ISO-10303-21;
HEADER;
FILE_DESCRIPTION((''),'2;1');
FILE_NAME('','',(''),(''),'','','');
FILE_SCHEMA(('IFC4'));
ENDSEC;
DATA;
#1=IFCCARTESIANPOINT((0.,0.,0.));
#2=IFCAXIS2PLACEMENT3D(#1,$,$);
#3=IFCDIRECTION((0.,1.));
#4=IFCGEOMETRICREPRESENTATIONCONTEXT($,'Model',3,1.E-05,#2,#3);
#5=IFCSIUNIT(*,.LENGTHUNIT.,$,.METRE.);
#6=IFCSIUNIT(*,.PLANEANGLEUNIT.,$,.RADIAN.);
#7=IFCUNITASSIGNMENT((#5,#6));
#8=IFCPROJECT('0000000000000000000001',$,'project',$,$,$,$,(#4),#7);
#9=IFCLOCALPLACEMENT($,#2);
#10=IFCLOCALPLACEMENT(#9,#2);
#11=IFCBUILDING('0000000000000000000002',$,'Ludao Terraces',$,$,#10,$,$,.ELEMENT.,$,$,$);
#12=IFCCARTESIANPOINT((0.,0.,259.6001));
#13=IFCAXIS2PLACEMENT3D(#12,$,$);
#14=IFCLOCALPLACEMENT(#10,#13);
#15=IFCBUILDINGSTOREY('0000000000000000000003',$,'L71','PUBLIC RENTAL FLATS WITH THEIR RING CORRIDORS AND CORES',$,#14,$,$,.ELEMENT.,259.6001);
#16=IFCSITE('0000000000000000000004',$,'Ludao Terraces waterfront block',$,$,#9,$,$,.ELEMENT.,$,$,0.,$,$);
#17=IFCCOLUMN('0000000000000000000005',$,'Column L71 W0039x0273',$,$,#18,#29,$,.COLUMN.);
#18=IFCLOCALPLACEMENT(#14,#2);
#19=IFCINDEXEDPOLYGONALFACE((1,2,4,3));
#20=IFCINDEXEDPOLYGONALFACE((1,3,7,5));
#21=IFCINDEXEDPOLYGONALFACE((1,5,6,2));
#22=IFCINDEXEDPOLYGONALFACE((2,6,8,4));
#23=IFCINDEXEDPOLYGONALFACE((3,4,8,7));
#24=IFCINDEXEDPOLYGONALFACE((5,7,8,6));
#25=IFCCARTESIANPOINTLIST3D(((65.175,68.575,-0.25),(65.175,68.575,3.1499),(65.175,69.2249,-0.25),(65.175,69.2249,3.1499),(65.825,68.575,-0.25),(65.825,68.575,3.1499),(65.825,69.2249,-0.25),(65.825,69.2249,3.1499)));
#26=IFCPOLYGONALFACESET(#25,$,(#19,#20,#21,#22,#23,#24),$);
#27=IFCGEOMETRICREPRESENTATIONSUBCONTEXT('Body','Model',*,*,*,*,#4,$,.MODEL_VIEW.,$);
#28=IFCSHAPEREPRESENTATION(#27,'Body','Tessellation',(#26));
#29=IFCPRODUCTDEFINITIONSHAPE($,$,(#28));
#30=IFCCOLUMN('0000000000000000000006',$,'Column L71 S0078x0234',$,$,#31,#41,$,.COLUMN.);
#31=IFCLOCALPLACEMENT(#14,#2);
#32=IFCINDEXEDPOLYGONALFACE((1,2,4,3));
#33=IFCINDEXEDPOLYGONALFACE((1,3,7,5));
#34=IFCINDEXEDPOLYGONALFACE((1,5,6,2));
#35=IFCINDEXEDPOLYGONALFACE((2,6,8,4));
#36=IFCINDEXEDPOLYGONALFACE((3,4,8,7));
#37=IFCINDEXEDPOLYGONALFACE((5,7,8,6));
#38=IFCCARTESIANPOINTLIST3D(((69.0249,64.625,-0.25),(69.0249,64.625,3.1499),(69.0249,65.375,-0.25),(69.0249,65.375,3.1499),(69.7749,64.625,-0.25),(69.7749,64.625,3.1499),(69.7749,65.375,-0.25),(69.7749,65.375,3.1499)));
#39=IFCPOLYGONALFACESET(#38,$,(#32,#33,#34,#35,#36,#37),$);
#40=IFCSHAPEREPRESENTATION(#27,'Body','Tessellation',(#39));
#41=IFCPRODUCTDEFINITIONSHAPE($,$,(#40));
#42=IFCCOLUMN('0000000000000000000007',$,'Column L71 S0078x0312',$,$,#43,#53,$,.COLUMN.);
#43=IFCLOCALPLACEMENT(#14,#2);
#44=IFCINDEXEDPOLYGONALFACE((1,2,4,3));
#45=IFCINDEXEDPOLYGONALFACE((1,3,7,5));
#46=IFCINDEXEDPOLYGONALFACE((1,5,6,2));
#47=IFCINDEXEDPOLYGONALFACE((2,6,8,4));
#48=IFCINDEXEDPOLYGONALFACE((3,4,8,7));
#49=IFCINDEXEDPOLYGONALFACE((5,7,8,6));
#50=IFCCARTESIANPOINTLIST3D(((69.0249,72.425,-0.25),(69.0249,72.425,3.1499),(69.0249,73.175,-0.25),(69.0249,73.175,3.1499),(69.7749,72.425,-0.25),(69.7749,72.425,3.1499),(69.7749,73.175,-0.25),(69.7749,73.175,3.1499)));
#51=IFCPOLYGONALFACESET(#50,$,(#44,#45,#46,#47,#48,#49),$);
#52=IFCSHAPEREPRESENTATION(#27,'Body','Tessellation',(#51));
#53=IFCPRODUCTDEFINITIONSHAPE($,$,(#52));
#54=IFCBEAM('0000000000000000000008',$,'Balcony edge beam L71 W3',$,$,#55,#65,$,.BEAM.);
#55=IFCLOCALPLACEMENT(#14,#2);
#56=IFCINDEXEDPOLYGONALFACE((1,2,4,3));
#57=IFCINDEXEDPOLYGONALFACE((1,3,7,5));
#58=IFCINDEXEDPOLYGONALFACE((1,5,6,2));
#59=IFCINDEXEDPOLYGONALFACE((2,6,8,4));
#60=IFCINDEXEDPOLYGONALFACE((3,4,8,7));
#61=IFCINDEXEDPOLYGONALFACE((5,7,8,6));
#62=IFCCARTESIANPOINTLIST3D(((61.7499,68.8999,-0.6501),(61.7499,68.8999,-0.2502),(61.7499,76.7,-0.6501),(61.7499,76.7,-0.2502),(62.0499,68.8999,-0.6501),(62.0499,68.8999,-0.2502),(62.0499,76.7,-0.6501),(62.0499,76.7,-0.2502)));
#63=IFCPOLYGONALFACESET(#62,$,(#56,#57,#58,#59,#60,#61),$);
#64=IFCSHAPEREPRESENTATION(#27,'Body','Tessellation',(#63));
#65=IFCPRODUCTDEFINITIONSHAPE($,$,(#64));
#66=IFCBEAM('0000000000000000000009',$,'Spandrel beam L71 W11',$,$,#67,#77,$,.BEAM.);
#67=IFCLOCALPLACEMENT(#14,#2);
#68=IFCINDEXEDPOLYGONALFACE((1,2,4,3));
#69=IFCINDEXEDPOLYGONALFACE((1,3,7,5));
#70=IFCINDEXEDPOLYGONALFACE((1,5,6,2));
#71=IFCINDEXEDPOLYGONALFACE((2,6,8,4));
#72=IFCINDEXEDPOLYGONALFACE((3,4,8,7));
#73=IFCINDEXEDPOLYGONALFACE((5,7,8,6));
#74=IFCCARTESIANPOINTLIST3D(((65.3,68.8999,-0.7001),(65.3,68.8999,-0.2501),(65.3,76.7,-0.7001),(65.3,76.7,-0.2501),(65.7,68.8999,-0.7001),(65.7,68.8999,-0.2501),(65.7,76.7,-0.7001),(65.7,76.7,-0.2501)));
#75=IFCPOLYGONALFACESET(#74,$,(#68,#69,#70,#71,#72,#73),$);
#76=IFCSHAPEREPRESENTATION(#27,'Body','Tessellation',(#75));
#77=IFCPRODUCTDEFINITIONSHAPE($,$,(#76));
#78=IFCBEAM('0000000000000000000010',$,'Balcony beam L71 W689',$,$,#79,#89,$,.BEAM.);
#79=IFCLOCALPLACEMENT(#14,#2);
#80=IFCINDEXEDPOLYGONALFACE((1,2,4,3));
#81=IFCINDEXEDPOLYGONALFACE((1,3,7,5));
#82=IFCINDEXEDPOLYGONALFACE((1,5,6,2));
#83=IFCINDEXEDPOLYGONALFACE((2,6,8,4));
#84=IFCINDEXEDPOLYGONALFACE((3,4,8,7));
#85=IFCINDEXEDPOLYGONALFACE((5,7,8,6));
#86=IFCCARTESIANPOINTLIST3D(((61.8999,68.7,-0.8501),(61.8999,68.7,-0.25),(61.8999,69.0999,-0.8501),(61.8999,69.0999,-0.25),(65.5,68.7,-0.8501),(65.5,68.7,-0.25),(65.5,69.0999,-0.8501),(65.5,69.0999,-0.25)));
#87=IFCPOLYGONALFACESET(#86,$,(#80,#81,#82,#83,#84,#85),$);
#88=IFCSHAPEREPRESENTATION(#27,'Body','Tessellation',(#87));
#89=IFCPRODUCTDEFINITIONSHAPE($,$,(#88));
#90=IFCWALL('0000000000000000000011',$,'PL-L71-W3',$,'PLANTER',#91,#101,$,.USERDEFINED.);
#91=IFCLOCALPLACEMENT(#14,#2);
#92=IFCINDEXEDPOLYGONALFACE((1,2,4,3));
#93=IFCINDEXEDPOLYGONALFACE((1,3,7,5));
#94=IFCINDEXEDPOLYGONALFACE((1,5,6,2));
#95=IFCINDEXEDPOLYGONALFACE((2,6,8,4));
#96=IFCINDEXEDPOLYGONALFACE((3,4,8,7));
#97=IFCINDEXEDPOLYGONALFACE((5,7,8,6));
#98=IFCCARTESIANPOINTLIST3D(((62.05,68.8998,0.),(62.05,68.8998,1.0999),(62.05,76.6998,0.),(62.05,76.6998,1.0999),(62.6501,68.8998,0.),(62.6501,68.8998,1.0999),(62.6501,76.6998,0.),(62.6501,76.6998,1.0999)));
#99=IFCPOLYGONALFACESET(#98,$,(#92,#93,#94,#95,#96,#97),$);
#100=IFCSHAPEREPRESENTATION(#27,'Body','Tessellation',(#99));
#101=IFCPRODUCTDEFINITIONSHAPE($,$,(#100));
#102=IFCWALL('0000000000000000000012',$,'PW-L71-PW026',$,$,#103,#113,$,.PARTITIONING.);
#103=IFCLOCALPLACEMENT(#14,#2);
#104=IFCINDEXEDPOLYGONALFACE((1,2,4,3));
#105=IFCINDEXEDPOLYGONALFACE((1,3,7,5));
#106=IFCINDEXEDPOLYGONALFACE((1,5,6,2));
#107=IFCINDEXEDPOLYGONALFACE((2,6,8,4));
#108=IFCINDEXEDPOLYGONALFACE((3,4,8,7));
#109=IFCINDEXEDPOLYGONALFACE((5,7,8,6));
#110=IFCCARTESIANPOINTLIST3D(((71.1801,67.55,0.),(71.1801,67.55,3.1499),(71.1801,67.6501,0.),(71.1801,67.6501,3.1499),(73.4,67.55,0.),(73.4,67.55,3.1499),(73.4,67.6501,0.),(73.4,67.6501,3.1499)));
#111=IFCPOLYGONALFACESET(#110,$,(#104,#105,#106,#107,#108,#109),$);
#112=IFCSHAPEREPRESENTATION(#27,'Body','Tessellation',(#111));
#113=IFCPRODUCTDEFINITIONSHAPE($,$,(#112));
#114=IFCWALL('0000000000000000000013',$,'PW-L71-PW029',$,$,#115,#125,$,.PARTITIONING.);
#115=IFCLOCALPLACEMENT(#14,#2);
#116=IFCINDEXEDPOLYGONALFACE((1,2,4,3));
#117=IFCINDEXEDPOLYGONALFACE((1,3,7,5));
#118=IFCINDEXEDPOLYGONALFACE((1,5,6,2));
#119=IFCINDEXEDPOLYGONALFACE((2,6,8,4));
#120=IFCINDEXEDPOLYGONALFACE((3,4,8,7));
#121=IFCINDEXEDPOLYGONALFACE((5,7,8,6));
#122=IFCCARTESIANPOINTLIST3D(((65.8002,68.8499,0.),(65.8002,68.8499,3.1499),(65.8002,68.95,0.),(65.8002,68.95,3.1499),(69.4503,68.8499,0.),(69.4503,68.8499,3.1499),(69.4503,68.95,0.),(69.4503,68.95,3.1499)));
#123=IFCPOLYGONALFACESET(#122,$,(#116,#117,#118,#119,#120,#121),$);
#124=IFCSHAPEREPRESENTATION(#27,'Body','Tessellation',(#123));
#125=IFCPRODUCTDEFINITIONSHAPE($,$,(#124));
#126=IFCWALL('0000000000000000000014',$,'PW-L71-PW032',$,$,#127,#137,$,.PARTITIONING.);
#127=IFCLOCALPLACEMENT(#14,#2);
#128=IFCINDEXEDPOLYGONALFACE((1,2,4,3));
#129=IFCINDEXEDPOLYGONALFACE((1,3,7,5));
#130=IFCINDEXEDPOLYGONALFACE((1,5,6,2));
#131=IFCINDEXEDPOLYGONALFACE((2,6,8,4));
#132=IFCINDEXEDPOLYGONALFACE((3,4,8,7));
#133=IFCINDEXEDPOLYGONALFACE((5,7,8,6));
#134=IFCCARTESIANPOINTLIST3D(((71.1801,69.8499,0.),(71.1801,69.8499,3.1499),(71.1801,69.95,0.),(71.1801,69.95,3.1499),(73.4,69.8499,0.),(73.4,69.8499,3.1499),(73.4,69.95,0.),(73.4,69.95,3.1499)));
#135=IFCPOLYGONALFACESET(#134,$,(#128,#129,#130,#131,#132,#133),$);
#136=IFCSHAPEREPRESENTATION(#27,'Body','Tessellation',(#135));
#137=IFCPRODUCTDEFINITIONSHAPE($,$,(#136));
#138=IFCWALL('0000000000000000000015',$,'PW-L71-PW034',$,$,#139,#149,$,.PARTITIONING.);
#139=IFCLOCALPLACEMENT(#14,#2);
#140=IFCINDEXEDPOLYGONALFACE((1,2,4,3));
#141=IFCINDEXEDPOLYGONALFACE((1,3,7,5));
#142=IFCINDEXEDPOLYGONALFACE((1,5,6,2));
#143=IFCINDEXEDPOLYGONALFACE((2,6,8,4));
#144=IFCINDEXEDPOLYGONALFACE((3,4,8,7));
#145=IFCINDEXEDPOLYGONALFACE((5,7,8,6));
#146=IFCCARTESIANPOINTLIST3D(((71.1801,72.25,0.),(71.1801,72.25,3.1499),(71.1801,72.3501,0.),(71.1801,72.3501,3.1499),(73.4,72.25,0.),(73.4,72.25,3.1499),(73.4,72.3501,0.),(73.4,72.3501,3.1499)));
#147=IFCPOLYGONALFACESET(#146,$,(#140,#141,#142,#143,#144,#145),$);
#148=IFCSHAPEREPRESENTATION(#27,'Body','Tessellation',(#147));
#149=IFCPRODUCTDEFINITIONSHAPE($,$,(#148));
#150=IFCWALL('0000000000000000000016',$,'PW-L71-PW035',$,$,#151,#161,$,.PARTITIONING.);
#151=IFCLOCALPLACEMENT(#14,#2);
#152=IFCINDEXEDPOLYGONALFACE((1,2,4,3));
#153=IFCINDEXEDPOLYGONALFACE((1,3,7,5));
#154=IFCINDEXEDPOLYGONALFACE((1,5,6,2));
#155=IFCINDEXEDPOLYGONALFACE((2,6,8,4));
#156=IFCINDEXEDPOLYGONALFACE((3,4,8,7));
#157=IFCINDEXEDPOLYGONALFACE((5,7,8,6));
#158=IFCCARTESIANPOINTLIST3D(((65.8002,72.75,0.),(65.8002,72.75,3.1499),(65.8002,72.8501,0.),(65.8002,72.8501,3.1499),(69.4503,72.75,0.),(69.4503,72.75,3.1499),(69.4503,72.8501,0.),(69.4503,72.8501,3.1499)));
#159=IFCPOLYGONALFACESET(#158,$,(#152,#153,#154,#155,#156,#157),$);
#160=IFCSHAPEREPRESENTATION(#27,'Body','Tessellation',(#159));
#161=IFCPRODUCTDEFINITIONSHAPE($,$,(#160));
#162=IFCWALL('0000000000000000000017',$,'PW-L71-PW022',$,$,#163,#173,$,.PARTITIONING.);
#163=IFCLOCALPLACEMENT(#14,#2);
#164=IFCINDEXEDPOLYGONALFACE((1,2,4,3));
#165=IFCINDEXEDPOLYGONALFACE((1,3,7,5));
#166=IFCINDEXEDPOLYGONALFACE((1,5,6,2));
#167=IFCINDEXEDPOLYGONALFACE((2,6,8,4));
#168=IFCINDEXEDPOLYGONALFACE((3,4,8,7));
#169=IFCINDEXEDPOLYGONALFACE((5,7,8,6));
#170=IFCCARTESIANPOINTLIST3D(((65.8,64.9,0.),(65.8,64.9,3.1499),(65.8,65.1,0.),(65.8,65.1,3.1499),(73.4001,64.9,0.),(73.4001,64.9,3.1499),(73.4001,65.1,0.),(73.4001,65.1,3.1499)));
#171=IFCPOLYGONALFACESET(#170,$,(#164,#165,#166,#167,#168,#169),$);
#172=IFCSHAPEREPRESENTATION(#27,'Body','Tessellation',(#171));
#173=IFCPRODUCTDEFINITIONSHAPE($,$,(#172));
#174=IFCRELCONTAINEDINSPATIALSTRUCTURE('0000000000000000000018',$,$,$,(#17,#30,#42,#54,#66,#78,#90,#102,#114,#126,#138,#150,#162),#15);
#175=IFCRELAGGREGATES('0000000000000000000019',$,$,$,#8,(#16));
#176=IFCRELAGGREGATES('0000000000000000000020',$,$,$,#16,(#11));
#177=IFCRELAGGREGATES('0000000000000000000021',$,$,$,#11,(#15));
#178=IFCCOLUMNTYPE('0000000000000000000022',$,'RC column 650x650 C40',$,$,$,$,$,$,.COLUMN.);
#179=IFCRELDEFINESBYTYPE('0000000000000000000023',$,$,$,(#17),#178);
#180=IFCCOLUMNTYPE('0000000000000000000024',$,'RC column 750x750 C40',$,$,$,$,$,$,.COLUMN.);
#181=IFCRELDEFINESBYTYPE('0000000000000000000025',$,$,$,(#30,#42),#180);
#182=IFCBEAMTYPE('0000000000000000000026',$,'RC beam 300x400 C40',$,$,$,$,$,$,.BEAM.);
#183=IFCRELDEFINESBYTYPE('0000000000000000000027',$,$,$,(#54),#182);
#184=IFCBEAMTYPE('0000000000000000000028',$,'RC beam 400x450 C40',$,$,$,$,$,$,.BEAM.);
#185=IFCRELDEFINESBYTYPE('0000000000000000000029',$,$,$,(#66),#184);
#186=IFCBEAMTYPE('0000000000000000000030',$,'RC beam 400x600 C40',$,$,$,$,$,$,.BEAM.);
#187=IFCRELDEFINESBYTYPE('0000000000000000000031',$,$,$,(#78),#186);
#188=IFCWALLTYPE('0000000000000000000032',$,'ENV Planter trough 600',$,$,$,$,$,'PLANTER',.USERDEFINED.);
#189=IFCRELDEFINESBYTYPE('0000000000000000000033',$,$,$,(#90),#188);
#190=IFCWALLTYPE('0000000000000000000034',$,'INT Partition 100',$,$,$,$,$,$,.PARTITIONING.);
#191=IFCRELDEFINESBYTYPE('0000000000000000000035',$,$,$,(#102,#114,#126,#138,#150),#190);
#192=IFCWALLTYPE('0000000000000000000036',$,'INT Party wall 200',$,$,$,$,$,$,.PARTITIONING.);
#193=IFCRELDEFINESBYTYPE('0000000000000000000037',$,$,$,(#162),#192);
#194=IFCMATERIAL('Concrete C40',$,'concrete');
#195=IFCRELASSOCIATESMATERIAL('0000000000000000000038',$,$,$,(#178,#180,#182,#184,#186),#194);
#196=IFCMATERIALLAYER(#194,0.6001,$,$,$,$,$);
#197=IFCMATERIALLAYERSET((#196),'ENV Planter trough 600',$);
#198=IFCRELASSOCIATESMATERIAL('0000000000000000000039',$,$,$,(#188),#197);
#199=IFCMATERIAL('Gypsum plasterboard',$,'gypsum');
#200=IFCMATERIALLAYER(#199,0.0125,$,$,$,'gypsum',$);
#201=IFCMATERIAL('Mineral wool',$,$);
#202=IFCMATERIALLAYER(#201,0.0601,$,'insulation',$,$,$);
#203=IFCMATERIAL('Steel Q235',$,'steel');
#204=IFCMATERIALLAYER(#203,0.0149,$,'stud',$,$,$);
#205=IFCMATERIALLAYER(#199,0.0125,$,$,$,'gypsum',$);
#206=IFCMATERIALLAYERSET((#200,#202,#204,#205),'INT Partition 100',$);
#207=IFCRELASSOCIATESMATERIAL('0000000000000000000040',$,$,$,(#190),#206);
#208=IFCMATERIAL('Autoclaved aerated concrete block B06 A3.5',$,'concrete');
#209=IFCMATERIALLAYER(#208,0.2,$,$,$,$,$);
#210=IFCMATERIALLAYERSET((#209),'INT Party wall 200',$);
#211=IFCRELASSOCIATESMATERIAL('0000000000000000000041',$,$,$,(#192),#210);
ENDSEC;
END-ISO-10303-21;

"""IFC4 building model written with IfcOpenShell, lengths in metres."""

from ifc_helpers import new_model, si_unit, direction, frame, frame_2d, origin, origin_2d, place, context, subcontext, project, spatial, rectangle, extrude, material, layer, layer_set, material_profile, profile_set, type_object, element, save


model = new_model("IFC4")

# Units and contexts
model_context = context("Model", 3, precision=1e-05, world=origin(), true_north=direction((0.0, 1.0)))
body_context = subcontext(model_context, "Body", "Model", "MODEL_VIEW")
ifc_project = project(units=[si_unit("LENGTHUNIT", "METRE"), si_unit("PLANEANGLEUNIT", "RADIAN")], contexts=[model_context])

# Site, building, storey
site_placement = place(None, origin())
site = spatial("IfcSite", under=ifc_project, at=site_placement, Name="Ludao Terraces waterfront block", CompositionType="ELEMENT", RefElevation=0.0)
building_placement = place(site_placement, origin())
building = spatial("IfcBuilding", under=site, at=building_placement, Name="Ludao Terraces", CompositionType="ELEMENT")
storey_placement = place(building_placement, frame((0.0, 0.0, 259.6001)))
storey = spatial("IfcBuildingStorey", under=building, at=storey_placement, Name="L71", Description="PUBLIC RENTAL FLATS WITH THEIR RING CORRIDORS AND CORES", CompositionType="ELEMENT", Elevation=259.6001)

# Columns
ifc_material_1 = material(Name="Concrete C40", Category="concrete")
ifc_material_profile_1 = material_profile(ifc_material_1, rectangle(XDim=0.6499, YDim=0.6499, at=origin_2d()), Name="650 X 650")
ifc_profile_set_1 = profile_set([ifc_material_profile_1], Name="Concrete C40")
column_type_1 = type_object("IfcColumnType", Name="RC column 650x650 C40", PredefinedType="COLUMN", material=ifc_profile_set_1)
column_placement = place(storey_placement, frame((65.5, 68.8999, -0.25), z_axis=(0.0, 0.0, 1.0), x_axis=(1.0, 0.0, 0.0)))
element("IfcColumn", 1, at=column_placement, inside=storey, type_object=column_type_1, Name="Column L71 W0039x0273", PredefinedType="COLUMN", context=body_context, shape_type="SweptSolid", body=[
    extrude(rectangle(XDim=0.6499, YDim=0.6499, at=origin_2d()), origin(), (0.0, 0.0, 1.0), 3.3999),
])
ifc_material_profile_2 = material_profile(ifc_material_1, rectangle(XDim=0.75, YDim=0.75, at=origin_2d()), Name="750 X 750")
ifc_profile_set_2 = profile_set([ifc_material_profile_2], Name="Concrete C40")
column_type_2 = type_object("IfcColumnType", Name="RC column 750x750 C40", PredefinedType="COLUMN", material=ifc_profile_set_2)
for number, where, z_axis, x_axis, name in (
    (2, (69.3999, 65.0, -0.25), (0.0, 0.0, 1.0), (1.0, 0.0, 0.0), "Column L71 S0078x0234"),
    (3, (69.3999, 72.8, -0.25), (0.0, 0.0, 1.0), (1.0, 0.0, 0.0), "Column L71 S0078x0312"),
):
    element("IfcColumn", number, at=place(storey_placement, frame(where, z_axis=z_axis, x_axis=x_axis)), inside=storey, type_object=column_type_2, Name=name, PredefinedType="COLUMN", context=body_context, shape_type="SweptSolid", body=[
        extrude(rectangle(XDim=0.75, YDim=0.75, at=origin_2d()), origin(), (0.0, 0.0, 1.0), 3.3999),
    ])

# Beams
ifc_material_profile_3 = material_profile(ifc_material_1, rectangle(XDim=0.3, YDim=0.3999, at=origin_2d()), Name="300 X 400")
ifc_profile_set_3 = profile_set([ifc_material_profile_3], Name="Concrete C40")
beam_type_1 = type_object("IfcBeamType", Name="RC beam 300x400 C40", PredefinedType="BEAM", material=ifc_profile_set_3)
beam_1_placement = place(storey_placement, frame((61.8999, 68.8999, -0.4502), z_axis=(0.0, 1.0, 0.0), x_axis=(-1.0, 0.0, 0.0)))
element("IfcBeam", 4, at=beam_1_placement, inside=storey, type_object=beam_type_1, Name="Balcony edge beam L71 W3", PredefinedType="BEAM", context=body_context, shape_type="SweptSolid", body=[
    extrude(rectangle(XDim=0.3, YDim=0.3999, at=origin_2d()), origin(), (0.0, 0.0, 1.0), 7.8),
])
ifc_material_profile_4 = material_profile(ifc_material_1, rectangle(XDim=0.3999, YDim=0.45, at=origin_2d()), Name="400 X 450")
ifc_profile_set_4 = profile_set([ifc_material_profile_4], Name="Concrete C40")
beam_type_2 = type_object("IfcBeamType", Name="RC beam 400x450 C40", PredefinedType="BEAM", material=ifc_profile_set_4)
beam_2_placement = place(storey_placement, frame((65.5, 68.8999, -0.4751), z_axis=(0.0, 1.0, 0.0), x_axis=(-1.0, 0.0, 0.0)))
element("IfcBeam", 5, at=beam_2_placement, inside=storey, type_object=beam_type_2, Name="Spandrel beam L71 W11", PredefinedType="BEAM", context=body_context, shape_type="SweptSolid", body=[
    extrude(rectangle(XDim=0.3999, YDim=0.45, at=origin_2d()), origin(), (0.0, 0.0, 1.0), 7.8),
])
ifc_material_profile_5 = material_profile(ifc_material_1, rectangle(XDim=0.3999, YDim=0.6001, at=origin_2d()), Name="400 X 600")
ifc_profile_set_5 = profile_set([ifc_material_profile_5], Name="Concrete C40")
beam_type_3 = type_object("IfcBeamType", Name="RC beam 400x600 C40", PredefinedType="BEAM", material=ifc_profile_set_5)
beam_3_placement = place(storey_placement, frame((65.5, 68.8999, -0.55), z_axis=(-1.0, 0.0, 0.0), x_axis=(0.0, -1.0, 0.0)))
element("IfcBeam", 6, at=beam_3_placement, inside=storey, type_object=beam_type_3, Name="Balcony beam L71 W689", PredefinedType="BEAM", context=body_context, shape_type="SweptSolid", body=[
    extrude(rectangle(XDim=0.3999, YDim=0.6001, at=origin_2d()), origin(), (0.0, 0.0, 1.0), 3.6001),
])

# Wall
ifc_layer_1 = layer(ifc_material_1, 0.6001)
ifc_layer_set_1 = layer_set([ifc_layer_1], Name="ENV Planter trough 600")
wall_type_1 = type_object("IfcWallType", Name="ENV Planter trough 600", ElementType="PLANTER", PredefinedType="USERDEFINED", material=ifc_layer_set_1)
wall_1_placement = place(storey_placement, frame((62.3501, 68.8999, 0.0), z_axis=(0.0, 0.0, 1.0), x_axis=(0.0, 1.0, 0.0)))
element("IfcWall", 7, at=wall_1_placement, inside=storey, type_object=wall_type_1, Name="PL-L71-W3", ObjectType="PLANTER", PredefinedType="USERDEFINED", context=body_context, shape_type="SweptSolid", body=[
    extrude(rectangle(XDim=7.8, YDim=0.6001, at=frame_2d((3.8999, 0.0))), origin(), (0.0, 0.0, 1.0), 1.0999),
])

# Shared definitions
ifc_material_2 = material(Name="Mineral wool")

# Walls
ifc_material_3 = material(Name="Gypsum plasterboard", Category="gypsum")
ifc_layer_2 = layer(ifc_material_3, 0.0125, Category="gypsum")
ifc_layer_3 = layer(ifc_material_2, 0.0601, Name="insulation")
ifc_material_4 = material(Name="Steel Q235", Category="steel")
ifc_layer_4 = layer(ifc_material_4, 0.0149, Name="stud")
ifc_layer_5 = layer(ifc_material_3, 0.0125, Category="gypsum")
ifc_layer_set_2 = layer_set([ifc_layer_2, ifc_layer_3, ifc_layer_4, ifc_layer_5], Name="INT Partition 100")
wall_type_2 = type_object("IfcWallType", Name="INT Partition 100", PredefinedType="PARTITIONING", material=ifc_layer_set_2)
wall_2_placement = place(storey_placement, frame((71.1802, 67.6001, 0.0), z_axis=(0.0, 0.0, 1.0), x_axis=(1.0, 0.0, 0.0)))
element("IfcWall", 8, at=wall_2_placement, inside=storey, type_object=wall_type_2, Name="PW-L71-PW026", PredefinedType="PARTITIONING", context=body_context, shape_type="SweptSolid", body=[
    extrude(rectangle(XDim=2.22, YDim=0.1001, at=frame_2d((1.1099, 0.0))), origin(), (0.0, 0.0, 1.0), 3.1499),
])
wall_3_placement = place(storey_placement, frame((65.8, 68.8999, 0.0), z_axis=(0.0, 0.0, 1.0), x_axis=(1.0, 0.0, 0.0)))
element("IfcWall", 9, at=wall_3_placement, inside=storey, type_object=wall_type_2, Name="PW-L71-PW029", PredefinedType="PARTITIONING", context=body_context, shape_type="SweptSolid", body=[
    extrude(rectangle(XDim=3.6501, YDim=0.1001, at=frame_2d((1.8252, 0.0))), origin(), (0.0, 0.0, 1.0), 3.1499),
])
for number, where, z_axis, x_axis, name in (
    (10, (71.1802, 69.8999, 0.0), (0.0, 0.0, 1.0), (1.0, 0.0, 0.0), "PW-L71-PW032"),
    (11, (71.1802, 72.3, 0.0), (0.0, 0.0, 1.0), (1.0, 0.0, 0.0), "PW-L71-PW034"),
):
    element("IfcWall", number, at=place(storey_placement, frame(where, z_axis=z_axis, x_axis=x_axis)), inside=storey, type_object=wall_type_2, Name=name, PredefinedType="PARTITIONING", context=body_context, shape_type="SweptSolid", body=[
        extrude(rectangle(XDim=2.22, YDim=0.1001, at=frame_2d((1.1099, 0.0))), origin(), (0.0, 0.0, 1.0), 3.1499),
    ])
wall_4_placement = place(storey_placement, frame((65.8, 72.8, 0.0), z_axis=(0.0, 0.0, 1.0), x_axis=(1.0, 0.0, 0.0)))
element("IfcWall", 12, at=wall_4_placement, inside=storey, type_object=wall_type_2, Name="PW-L71-PW035", PredefinedType="PARTITIONING", context=body_context, shape_type="SweptSolid", body=[
    extrude(rectangle(XDim=3.6501, YDim=0.1001, at=frame_2d((1.8252, 0.0))), origin(), (0.0, 0.0, 1.0), 3.1499),
])
ifc_material_5 = material(Name="Autoclaved aerated concrete block B06 A3.5", Category="concrete")
ifc_layer_6 = layer(ifc_material_5, 0.2)
ifc_layer_set_3 = layer_set([ifc_layer_6], Name="INT Party wall 200")
wall_type_3 = type_object("IfcWallType", Name="INT Party wall 200", PredefinedType="PARTITIONING", material=ifc_layer_set_3)
wall_5_placement = place(storey_placement, frame((65.8, 65.0, 0.0), z_axis=(0.0, 0.0, 1.0), x_axis=(1.0, 0.0, 0.0)))
element("IfcWall", 13, at=wall_5_placement, inside=storey, type_object=wall_type_3, Name="PW-L71-PW022", PredefinedType="PARTITIONING", context=body_context, shape_type="SweptSolid", body=[
    extrude(rectangle(XDim=7.6001, YDim=0.2, at=frame_2d((3.8, 0.0))), origin(), (0.0, 0.0, 1.0), 3.1499),
])

save(model, "model.ifc")
